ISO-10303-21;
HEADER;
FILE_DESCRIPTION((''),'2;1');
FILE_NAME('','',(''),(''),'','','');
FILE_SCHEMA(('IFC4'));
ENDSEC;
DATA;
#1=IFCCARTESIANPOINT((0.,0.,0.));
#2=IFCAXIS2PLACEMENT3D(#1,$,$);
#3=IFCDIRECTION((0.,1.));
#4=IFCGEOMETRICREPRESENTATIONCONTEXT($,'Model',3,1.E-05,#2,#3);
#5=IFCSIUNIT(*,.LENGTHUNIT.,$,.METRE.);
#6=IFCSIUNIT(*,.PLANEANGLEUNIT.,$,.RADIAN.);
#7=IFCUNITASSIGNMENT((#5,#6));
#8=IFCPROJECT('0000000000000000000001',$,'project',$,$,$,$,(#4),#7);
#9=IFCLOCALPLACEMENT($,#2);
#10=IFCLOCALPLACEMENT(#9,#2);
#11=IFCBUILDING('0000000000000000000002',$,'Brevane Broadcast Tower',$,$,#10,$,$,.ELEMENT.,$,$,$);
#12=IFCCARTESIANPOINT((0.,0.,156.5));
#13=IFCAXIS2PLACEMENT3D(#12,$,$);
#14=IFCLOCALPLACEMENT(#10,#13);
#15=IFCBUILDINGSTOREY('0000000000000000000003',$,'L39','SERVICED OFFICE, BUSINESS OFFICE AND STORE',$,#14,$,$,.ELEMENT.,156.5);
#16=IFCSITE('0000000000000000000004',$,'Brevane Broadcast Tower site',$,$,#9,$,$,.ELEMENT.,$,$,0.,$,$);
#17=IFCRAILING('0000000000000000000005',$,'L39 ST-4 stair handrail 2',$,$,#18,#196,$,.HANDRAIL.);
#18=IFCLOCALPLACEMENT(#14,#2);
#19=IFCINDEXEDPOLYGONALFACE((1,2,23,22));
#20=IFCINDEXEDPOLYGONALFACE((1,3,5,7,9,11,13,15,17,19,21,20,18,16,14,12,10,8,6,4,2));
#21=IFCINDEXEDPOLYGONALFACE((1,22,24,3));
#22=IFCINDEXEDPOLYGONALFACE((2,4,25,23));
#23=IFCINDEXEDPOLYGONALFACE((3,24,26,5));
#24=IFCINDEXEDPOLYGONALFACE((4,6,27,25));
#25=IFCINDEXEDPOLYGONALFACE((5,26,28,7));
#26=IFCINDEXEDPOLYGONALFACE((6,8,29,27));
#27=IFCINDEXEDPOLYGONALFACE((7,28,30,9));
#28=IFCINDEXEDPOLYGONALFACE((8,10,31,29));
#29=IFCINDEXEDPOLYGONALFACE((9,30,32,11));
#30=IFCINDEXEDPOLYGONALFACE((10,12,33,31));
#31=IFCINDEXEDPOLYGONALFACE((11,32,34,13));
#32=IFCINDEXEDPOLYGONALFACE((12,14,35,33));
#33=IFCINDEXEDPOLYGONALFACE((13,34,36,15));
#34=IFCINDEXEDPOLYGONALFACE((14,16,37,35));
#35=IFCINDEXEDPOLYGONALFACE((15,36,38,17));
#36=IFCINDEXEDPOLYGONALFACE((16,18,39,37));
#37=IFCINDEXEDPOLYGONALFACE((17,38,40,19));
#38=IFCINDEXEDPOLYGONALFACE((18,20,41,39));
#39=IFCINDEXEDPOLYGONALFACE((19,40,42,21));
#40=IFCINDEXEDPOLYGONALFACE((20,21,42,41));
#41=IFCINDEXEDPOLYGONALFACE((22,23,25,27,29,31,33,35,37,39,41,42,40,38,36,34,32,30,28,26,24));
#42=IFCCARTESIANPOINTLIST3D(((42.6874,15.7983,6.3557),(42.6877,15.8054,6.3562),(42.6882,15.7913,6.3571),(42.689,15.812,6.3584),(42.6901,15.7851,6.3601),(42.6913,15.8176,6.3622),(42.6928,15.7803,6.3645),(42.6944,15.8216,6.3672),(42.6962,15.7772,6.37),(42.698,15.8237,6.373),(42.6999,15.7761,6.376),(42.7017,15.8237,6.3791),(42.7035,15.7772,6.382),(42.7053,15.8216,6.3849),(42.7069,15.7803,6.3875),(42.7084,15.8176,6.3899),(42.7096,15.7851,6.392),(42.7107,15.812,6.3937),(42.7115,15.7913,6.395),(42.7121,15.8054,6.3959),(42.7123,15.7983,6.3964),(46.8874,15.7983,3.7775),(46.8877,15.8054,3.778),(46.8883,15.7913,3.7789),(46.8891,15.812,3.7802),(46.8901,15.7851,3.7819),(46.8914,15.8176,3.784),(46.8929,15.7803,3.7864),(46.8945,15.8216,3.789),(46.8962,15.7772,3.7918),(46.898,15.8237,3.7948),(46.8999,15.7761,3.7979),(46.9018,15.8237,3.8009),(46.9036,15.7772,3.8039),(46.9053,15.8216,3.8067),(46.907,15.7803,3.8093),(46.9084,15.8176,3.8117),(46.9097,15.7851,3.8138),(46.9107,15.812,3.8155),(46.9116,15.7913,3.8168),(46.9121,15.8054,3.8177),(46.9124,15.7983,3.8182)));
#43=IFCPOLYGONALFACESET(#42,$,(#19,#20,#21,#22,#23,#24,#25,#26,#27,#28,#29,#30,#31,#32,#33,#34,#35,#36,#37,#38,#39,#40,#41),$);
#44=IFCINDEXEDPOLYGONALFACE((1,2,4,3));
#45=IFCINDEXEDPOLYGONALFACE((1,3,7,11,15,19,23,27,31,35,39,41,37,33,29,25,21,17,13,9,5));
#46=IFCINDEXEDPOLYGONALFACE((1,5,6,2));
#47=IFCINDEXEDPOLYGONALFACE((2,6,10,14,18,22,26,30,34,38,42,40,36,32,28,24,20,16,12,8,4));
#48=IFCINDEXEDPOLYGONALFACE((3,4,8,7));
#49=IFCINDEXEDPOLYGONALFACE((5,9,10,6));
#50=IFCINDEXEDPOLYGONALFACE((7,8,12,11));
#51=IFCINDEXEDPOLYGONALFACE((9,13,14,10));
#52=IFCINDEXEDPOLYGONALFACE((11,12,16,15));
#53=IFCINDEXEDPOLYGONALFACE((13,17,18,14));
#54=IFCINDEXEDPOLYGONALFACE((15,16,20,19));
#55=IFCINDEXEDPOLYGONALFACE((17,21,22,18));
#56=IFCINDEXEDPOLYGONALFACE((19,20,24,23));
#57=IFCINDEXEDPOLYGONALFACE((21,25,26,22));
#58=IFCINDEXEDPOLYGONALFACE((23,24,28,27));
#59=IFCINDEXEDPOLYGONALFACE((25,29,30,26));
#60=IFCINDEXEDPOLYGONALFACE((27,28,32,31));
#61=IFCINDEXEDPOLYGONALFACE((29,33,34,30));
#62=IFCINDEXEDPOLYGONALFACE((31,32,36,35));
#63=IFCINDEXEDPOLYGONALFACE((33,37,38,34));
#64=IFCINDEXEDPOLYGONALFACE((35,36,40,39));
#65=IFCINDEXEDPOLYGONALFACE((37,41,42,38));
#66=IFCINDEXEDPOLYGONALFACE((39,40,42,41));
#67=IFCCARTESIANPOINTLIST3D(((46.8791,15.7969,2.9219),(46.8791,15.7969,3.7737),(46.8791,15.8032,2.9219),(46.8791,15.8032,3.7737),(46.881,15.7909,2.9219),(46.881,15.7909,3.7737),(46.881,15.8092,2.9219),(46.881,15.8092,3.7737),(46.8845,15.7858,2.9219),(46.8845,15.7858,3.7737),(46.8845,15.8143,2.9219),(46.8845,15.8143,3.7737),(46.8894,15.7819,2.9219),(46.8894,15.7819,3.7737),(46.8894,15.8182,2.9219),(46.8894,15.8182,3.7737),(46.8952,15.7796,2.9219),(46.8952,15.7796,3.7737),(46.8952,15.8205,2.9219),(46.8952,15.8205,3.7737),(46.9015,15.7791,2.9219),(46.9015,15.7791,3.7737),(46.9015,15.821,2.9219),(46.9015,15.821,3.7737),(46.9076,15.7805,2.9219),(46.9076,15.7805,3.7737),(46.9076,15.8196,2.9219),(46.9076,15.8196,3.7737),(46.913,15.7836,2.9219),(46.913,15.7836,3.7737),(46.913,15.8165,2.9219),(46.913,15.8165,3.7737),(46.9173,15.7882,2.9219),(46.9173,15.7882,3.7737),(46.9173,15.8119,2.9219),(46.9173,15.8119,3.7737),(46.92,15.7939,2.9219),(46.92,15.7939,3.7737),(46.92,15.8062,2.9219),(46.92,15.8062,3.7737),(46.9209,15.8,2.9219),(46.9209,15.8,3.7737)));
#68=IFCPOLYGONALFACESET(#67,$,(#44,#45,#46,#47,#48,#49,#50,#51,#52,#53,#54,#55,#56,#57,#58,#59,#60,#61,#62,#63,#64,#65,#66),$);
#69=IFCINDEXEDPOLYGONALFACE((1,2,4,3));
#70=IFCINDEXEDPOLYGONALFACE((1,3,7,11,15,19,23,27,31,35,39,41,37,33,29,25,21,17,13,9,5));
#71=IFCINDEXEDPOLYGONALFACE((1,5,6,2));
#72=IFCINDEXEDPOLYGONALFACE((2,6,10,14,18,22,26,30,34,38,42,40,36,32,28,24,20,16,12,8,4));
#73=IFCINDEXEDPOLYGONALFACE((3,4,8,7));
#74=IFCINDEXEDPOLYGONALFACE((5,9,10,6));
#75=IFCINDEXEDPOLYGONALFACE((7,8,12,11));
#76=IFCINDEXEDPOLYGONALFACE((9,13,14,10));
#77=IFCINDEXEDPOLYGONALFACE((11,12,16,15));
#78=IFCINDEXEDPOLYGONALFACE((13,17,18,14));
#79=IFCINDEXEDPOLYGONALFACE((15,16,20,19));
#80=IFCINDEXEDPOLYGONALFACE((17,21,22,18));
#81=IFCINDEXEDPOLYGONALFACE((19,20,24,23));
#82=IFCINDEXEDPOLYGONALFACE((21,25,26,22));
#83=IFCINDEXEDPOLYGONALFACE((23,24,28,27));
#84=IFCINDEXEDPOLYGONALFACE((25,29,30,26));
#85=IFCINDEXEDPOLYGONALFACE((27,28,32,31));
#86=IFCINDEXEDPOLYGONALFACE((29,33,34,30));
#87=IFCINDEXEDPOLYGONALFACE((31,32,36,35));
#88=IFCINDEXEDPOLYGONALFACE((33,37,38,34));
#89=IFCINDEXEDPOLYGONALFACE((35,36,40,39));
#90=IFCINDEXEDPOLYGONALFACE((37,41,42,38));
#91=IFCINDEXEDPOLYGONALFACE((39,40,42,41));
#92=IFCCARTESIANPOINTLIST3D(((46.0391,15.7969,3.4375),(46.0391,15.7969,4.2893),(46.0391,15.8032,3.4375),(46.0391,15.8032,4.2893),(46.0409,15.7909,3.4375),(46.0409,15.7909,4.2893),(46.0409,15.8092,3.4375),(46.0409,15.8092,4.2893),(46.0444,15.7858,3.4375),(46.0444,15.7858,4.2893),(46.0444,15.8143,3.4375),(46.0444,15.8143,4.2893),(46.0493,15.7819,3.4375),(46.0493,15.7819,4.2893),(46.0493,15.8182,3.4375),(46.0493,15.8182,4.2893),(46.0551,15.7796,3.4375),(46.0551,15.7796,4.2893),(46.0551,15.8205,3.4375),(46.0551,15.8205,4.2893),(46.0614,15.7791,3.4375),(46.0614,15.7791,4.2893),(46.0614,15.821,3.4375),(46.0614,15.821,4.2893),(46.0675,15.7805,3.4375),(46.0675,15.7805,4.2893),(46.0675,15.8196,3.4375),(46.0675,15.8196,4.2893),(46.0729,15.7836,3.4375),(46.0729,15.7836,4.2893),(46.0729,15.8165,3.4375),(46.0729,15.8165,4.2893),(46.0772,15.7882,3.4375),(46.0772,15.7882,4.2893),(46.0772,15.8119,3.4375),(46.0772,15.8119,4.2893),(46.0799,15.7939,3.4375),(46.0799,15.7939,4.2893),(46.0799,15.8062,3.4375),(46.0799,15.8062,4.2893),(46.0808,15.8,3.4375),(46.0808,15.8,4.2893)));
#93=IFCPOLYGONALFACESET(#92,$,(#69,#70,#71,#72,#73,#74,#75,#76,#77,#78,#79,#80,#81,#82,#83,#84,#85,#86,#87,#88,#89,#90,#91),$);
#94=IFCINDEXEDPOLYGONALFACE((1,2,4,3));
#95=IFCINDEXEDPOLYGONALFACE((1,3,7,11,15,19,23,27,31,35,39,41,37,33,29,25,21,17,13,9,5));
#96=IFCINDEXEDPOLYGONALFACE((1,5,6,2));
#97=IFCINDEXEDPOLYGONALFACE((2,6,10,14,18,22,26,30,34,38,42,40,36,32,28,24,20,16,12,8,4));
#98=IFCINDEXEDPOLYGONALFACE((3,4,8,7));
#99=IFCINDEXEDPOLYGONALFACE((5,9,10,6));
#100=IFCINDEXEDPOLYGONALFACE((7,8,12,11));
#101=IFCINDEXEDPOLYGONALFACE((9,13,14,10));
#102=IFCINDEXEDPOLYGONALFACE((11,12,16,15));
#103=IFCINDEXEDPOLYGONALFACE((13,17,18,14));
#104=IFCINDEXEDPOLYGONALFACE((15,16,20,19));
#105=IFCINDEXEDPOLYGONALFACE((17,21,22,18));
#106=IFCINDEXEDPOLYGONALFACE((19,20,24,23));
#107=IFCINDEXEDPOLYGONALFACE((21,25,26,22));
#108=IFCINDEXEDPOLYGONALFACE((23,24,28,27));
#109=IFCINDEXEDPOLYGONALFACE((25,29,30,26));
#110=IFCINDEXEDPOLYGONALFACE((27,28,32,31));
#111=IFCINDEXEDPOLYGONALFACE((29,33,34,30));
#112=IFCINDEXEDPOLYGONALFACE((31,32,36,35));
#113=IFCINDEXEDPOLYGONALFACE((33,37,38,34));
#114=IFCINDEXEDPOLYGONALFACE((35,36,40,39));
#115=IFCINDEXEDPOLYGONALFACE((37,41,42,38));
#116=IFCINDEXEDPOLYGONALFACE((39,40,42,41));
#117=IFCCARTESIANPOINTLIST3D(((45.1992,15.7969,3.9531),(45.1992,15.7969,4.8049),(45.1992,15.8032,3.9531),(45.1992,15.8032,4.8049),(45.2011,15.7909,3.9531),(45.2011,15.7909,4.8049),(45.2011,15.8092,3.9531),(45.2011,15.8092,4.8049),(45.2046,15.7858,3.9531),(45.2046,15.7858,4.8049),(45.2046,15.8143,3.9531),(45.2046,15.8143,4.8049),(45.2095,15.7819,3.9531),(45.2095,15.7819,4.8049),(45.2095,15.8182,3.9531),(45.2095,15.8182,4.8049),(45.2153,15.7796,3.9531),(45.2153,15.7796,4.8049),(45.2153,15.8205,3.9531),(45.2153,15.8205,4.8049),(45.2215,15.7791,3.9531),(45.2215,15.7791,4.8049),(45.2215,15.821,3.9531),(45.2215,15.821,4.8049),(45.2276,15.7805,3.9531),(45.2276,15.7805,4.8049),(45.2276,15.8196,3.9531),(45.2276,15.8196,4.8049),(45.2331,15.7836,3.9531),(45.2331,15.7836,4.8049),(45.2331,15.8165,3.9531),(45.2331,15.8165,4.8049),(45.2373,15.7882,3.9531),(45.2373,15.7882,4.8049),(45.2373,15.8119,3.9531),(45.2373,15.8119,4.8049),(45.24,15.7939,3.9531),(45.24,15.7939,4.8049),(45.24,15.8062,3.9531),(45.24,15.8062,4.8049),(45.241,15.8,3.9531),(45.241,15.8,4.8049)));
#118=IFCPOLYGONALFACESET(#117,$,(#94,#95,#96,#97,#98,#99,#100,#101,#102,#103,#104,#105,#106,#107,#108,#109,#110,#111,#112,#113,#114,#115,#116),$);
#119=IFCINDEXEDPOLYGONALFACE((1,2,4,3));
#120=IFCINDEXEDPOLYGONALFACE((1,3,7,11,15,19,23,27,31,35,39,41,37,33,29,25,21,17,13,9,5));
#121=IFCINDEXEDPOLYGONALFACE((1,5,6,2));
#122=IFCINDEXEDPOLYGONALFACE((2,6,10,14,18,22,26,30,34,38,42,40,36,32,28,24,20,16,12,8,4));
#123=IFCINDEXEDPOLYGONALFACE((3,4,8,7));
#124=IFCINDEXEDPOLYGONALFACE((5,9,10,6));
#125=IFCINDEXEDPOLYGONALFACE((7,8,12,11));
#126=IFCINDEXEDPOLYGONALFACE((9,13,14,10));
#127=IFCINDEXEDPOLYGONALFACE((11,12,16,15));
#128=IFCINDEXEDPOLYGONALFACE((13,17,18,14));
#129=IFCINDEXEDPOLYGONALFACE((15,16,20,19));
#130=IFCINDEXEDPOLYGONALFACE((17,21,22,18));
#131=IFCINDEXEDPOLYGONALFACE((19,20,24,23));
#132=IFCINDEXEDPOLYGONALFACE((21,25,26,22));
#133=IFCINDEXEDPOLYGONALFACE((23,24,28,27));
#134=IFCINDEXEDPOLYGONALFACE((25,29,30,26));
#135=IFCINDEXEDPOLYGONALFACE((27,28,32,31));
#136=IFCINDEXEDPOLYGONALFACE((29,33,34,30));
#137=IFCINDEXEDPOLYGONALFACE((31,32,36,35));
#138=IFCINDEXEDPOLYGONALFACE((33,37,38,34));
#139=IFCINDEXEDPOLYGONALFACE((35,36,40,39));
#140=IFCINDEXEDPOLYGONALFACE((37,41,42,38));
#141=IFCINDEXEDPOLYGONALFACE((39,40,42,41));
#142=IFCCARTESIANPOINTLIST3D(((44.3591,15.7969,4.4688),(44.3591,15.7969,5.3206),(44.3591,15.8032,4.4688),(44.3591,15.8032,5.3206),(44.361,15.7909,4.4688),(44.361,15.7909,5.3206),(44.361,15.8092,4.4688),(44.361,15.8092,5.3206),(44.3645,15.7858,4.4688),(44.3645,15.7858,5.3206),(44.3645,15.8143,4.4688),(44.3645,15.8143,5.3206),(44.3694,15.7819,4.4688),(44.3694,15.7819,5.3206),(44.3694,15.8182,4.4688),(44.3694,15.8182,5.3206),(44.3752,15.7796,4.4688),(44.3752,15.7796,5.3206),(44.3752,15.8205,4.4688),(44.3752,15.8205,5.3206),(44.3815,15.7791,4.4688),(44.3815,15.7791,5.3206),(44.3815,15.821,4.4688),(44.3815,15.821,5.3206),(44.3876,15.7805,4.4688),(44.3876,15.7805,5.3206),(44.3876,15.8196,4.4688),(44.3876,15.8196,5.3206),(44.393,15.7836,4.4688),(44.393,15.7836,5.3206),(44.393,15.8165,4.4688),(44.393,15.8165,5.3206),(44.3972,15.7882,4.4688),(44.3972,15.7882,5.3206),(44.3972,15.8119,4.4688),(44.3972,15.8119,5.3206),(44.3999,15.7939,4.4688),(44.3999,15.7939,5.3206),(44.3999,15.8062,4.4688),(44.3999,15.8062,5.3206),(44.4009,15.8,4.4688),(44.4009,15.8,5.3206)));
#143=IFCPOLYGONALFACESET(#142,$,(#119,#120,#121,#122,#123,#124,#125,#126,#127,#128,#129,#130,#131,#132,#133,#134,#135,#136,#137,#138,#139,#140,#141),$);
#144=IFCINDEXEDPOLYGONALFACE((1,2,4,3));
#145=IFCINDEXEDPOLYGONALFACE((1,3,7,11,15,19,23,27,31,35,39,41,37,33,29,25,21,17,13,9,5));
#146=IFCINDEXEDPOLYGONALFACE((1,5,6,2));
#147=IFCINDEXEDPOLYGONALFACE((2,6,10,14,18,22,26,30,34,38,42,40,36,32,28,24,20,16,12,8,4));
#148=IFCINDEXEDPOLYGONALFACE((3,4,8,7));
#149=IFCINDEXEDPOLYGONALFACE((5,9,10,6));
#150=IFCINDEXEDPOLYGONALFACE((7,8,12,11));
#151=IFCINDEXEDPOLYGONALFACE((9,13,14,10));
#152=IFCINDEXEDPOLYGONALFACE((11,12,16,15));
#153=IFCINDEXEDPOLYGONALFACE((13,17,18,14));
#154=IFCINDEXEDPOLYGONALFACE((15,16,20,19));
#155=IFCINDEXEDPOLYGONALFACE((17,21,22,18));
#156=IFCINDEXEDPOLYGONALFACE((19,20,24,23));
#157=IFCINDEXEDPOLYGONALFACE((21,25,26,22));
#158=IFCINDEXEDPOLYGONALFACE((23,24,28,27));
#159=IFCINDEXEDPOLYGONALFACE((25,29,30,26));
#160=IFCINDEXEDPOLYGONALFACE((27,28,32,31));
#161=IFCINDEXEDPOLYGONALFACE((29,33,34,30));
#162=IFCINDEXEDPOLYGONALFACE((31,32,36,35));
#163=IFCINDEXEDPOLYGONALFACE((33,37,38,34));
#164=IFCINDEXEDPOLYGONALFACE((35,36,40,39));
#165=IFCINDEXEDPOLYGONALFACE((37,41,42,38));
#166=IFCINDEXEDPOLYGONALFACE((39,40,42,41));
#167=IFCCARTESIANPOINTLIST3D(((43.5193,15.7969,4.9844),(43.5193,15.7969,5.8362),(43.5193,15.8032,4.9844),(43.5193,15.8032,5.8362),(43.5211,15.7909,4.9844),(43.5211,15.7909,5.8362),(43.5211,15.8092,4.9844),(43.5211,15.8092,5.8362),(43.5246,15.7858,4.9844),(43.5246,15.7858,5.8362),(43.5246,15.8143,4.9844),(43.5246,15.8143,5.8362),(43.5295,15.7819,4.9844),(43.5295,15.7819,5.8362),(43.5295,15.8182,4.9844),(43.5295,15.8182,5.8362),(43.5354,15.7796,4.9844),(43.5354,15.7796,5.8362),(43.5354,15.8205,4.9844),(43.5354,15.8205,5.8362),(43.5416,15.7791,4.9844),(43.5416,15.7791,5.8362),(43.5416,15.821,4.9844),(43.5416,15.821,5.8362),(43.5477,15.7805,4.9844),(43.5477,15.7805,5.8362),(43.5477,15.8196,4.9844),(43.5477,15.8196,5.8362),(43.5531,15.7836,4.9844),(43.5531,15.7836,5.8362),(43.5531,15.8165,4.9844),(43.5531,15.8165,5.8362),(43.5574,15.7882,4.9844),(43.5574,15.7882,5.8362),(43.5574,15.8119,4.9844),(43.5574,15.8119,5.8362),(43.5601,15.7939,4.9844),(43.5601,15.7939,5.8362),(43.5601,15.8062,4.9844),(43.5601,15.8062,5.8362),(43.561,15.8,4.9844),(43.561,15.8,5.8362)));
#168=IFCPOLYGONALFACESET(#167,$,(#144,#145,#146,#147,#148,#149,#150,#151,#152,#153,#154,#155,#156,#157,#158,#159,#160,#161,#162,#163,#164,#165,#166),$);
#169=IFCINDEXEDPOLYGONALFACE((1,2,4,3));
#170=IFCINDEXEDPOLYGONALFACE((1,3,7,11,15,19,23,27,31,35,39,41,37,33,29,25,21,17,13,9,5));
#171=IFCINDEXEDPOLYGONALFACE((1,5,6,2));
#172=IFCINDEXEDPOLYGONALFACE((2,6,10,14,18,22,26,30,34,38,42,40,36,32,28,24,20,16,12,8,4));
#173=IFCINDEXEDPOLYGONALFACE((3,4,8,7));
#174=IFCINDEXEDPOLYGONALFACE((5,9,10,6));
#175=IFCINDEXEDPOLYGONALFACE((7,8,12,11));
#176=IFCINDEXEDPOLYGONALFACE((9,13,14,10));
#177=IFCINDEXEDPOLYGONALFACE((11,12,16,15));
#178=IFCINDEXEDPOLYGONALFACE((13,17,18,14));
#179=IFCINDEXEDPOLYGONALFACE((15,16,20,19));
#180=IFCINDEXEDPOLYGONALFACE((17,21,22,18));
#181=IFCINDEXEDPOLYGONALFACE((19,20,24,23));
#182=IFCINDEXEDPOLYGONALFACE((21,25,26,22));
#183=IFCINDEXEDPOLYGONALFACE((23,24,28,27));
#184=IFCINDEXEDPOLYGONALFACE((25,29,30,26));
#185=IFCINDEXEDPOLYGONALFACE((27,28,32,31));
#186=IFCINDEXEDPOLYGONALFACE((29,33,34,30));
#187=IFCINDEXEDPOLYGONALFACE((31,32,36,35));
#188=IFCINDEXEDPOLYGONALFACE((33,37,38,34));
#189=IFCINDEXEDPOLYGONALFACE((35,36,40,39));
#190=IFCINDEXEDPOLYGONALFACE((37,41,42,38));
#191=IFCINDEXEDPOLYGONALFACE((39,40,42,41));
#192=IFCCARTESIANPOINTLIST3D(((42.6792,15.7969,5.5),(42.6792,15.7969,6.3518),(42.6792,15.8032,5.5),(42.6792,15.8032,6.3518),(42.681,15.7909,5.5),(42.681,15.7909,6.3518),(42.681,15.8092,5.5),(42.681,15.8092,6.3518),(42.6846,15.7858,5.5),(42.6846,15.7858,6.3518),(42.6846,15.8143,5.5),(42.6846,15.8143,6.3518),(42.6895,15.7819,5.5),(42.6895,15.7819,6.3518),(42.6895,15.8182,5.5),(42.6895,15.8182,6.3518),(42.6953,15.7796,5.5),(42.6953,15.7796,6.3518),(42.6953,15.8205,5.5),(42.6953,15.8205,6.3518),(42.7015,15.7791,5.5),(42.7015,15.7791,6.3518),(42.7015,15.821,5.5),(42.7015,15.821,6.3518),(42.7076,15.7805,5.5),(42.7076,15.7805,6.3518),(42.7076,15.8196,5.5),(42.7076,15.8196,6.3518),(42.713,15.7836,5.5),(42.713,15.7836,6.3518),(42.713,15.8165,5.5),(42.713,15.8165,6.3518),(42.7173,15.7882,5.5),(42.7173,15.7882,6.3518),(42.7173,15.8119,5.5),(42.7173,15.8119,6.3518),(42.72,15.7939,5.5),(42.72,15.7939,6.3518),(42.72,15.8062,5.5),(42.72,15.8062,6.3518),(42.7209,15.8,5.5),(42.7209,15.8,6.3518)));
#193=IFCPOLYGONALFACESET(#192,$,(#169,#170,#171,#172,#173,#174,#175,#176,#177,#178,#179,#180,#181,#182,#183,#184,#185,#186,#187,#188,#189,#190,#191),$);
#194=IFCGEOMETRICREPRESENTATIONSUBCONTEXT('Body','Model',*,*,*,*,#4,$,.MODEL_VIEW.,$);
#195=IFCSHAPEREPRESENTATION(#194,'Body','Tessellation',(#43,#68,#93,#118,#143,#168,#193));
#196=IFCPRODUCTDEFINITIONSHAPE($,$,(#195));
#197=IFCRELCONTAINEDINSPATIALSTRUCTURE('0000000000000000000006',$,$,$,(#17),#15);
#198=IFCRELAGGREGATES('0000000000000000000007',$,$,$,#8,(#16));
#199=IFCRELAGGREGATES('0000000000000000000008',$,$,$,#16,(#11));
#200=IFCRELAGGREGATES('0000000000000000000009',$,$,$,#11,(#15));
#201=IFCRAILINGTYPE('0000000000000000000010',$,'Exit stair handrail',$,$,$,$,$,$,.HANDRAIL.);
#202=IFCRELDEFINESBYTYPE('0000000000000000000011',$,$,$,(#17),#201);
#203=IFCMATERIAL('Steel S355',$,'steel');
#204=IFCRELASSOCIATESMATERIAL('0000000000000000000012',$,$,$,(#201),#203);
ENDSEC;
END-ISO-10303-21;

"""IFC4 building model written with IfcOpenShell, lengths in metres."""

from ifc_helpers import new_model, si_unit, direction, frame, origin, origin_2d, place, context, subcontext, project, spatial, circle, extrude, material, type_object, element, save


model = new_model("IFC4")

# Units and contexts
model_context = context("Model", 3, precision=1e-05, world=origin(), true_north=direction((0.0, 1.0)))
body_context = subcontext(model_context, "Body", "Model", "MODEL_VIEW")
ifc_project = project(units=[si_unit("LENGTHUNIT", "METRE"), si_unit("PLANEANGLEUNIT", "RADIAN")], contexts=[model_context])

# Site, building, storey
site_placement = place(None, origin())
site = spatial("IfcSite", under=ifc_project, at=site_placement, Name="Brevane Broadcast Tower site", CompositionType="ELEMENT", RefElevation=0.0)
building_placement = place(site_placement, origin())
building = spatial("IfcBuilding", under=site, at=building_placement, Name="Brevane Broadcast Tower", CompositionType="ELEMENT")
storey_placement = place(building_placement, frame((0.0, 0.0, 156.5)))
storey = spatial("IfcBuildingStorey", under=building, at=storey_placement, Name="L39", Description="SERVICED OFFICE, BUSINESS OFFICE AND STORE", CompositionType="ELEMENT", Elevation=156.5)

# Railing
ifc_material_1 = material(Name="Steel S355", Category="steel")
railing_type_1 = type_object("IfcRailingType", Name="Exit stair handrail", PredefinedType="HANDRAIL", material=ifc_material_1)
railing_1_placement = place(storey_placement, frame((46.8999, 15.8, 2.9219)))
element("IfcRailing", 1, at=railing_1_placement, inside=storey, type_object=railing_type_1, Name="L39 ST-4 stair handrail 2", PredefinedType="HANDRAIL", context=body_context, shape_type="SweptSolid", body=[
    extrude(circle(Radius=0.0239, at=origin_2d()), frame((0.0, 0.0, 0.876), z_axis=(-0.852243, 0.0, 0.523146), x_axis=(0.0, -1.0, 0.0)), (0.0, 0.0, 1.0), 4.9282),
    extrude(circle(Radius=0.021, at=origin_2d()), origin(), (0.0, 0.0, 1.0), 0.8518),
    extrude(circle(Radius=0.021, at=origin_2d()), frame((-0.8401, 0.0, 0.5156)), (0.0, 0.0, 1.0), 0.8518),
    extrude(circle(Radius=0.021, at=origin_2d()), frame((-1.6799, 0.0, 1.0312)), (0.0, 0.0, 1.0), 0.8518),
    extrude(circle(Radius=0.021, at=origin_2d()), frame((-2.52, 0.0, 1.5469)), (0.0, 0.0, 1.0), 0.8518),
    extrude(circle(Radius=0.021, at=origin_2d()), frame((-3.3599, 0.0, 2.0625)), (0.0, 0.0, 1.0), 0.8518),
    extrude(circle(Radius=0.021, at=origin_2d()), frame((-4.2, 0.0, 2.5781)), (0.0, 0.0, 1.0), 0.8518),
])

save(model, "model.ifc")
